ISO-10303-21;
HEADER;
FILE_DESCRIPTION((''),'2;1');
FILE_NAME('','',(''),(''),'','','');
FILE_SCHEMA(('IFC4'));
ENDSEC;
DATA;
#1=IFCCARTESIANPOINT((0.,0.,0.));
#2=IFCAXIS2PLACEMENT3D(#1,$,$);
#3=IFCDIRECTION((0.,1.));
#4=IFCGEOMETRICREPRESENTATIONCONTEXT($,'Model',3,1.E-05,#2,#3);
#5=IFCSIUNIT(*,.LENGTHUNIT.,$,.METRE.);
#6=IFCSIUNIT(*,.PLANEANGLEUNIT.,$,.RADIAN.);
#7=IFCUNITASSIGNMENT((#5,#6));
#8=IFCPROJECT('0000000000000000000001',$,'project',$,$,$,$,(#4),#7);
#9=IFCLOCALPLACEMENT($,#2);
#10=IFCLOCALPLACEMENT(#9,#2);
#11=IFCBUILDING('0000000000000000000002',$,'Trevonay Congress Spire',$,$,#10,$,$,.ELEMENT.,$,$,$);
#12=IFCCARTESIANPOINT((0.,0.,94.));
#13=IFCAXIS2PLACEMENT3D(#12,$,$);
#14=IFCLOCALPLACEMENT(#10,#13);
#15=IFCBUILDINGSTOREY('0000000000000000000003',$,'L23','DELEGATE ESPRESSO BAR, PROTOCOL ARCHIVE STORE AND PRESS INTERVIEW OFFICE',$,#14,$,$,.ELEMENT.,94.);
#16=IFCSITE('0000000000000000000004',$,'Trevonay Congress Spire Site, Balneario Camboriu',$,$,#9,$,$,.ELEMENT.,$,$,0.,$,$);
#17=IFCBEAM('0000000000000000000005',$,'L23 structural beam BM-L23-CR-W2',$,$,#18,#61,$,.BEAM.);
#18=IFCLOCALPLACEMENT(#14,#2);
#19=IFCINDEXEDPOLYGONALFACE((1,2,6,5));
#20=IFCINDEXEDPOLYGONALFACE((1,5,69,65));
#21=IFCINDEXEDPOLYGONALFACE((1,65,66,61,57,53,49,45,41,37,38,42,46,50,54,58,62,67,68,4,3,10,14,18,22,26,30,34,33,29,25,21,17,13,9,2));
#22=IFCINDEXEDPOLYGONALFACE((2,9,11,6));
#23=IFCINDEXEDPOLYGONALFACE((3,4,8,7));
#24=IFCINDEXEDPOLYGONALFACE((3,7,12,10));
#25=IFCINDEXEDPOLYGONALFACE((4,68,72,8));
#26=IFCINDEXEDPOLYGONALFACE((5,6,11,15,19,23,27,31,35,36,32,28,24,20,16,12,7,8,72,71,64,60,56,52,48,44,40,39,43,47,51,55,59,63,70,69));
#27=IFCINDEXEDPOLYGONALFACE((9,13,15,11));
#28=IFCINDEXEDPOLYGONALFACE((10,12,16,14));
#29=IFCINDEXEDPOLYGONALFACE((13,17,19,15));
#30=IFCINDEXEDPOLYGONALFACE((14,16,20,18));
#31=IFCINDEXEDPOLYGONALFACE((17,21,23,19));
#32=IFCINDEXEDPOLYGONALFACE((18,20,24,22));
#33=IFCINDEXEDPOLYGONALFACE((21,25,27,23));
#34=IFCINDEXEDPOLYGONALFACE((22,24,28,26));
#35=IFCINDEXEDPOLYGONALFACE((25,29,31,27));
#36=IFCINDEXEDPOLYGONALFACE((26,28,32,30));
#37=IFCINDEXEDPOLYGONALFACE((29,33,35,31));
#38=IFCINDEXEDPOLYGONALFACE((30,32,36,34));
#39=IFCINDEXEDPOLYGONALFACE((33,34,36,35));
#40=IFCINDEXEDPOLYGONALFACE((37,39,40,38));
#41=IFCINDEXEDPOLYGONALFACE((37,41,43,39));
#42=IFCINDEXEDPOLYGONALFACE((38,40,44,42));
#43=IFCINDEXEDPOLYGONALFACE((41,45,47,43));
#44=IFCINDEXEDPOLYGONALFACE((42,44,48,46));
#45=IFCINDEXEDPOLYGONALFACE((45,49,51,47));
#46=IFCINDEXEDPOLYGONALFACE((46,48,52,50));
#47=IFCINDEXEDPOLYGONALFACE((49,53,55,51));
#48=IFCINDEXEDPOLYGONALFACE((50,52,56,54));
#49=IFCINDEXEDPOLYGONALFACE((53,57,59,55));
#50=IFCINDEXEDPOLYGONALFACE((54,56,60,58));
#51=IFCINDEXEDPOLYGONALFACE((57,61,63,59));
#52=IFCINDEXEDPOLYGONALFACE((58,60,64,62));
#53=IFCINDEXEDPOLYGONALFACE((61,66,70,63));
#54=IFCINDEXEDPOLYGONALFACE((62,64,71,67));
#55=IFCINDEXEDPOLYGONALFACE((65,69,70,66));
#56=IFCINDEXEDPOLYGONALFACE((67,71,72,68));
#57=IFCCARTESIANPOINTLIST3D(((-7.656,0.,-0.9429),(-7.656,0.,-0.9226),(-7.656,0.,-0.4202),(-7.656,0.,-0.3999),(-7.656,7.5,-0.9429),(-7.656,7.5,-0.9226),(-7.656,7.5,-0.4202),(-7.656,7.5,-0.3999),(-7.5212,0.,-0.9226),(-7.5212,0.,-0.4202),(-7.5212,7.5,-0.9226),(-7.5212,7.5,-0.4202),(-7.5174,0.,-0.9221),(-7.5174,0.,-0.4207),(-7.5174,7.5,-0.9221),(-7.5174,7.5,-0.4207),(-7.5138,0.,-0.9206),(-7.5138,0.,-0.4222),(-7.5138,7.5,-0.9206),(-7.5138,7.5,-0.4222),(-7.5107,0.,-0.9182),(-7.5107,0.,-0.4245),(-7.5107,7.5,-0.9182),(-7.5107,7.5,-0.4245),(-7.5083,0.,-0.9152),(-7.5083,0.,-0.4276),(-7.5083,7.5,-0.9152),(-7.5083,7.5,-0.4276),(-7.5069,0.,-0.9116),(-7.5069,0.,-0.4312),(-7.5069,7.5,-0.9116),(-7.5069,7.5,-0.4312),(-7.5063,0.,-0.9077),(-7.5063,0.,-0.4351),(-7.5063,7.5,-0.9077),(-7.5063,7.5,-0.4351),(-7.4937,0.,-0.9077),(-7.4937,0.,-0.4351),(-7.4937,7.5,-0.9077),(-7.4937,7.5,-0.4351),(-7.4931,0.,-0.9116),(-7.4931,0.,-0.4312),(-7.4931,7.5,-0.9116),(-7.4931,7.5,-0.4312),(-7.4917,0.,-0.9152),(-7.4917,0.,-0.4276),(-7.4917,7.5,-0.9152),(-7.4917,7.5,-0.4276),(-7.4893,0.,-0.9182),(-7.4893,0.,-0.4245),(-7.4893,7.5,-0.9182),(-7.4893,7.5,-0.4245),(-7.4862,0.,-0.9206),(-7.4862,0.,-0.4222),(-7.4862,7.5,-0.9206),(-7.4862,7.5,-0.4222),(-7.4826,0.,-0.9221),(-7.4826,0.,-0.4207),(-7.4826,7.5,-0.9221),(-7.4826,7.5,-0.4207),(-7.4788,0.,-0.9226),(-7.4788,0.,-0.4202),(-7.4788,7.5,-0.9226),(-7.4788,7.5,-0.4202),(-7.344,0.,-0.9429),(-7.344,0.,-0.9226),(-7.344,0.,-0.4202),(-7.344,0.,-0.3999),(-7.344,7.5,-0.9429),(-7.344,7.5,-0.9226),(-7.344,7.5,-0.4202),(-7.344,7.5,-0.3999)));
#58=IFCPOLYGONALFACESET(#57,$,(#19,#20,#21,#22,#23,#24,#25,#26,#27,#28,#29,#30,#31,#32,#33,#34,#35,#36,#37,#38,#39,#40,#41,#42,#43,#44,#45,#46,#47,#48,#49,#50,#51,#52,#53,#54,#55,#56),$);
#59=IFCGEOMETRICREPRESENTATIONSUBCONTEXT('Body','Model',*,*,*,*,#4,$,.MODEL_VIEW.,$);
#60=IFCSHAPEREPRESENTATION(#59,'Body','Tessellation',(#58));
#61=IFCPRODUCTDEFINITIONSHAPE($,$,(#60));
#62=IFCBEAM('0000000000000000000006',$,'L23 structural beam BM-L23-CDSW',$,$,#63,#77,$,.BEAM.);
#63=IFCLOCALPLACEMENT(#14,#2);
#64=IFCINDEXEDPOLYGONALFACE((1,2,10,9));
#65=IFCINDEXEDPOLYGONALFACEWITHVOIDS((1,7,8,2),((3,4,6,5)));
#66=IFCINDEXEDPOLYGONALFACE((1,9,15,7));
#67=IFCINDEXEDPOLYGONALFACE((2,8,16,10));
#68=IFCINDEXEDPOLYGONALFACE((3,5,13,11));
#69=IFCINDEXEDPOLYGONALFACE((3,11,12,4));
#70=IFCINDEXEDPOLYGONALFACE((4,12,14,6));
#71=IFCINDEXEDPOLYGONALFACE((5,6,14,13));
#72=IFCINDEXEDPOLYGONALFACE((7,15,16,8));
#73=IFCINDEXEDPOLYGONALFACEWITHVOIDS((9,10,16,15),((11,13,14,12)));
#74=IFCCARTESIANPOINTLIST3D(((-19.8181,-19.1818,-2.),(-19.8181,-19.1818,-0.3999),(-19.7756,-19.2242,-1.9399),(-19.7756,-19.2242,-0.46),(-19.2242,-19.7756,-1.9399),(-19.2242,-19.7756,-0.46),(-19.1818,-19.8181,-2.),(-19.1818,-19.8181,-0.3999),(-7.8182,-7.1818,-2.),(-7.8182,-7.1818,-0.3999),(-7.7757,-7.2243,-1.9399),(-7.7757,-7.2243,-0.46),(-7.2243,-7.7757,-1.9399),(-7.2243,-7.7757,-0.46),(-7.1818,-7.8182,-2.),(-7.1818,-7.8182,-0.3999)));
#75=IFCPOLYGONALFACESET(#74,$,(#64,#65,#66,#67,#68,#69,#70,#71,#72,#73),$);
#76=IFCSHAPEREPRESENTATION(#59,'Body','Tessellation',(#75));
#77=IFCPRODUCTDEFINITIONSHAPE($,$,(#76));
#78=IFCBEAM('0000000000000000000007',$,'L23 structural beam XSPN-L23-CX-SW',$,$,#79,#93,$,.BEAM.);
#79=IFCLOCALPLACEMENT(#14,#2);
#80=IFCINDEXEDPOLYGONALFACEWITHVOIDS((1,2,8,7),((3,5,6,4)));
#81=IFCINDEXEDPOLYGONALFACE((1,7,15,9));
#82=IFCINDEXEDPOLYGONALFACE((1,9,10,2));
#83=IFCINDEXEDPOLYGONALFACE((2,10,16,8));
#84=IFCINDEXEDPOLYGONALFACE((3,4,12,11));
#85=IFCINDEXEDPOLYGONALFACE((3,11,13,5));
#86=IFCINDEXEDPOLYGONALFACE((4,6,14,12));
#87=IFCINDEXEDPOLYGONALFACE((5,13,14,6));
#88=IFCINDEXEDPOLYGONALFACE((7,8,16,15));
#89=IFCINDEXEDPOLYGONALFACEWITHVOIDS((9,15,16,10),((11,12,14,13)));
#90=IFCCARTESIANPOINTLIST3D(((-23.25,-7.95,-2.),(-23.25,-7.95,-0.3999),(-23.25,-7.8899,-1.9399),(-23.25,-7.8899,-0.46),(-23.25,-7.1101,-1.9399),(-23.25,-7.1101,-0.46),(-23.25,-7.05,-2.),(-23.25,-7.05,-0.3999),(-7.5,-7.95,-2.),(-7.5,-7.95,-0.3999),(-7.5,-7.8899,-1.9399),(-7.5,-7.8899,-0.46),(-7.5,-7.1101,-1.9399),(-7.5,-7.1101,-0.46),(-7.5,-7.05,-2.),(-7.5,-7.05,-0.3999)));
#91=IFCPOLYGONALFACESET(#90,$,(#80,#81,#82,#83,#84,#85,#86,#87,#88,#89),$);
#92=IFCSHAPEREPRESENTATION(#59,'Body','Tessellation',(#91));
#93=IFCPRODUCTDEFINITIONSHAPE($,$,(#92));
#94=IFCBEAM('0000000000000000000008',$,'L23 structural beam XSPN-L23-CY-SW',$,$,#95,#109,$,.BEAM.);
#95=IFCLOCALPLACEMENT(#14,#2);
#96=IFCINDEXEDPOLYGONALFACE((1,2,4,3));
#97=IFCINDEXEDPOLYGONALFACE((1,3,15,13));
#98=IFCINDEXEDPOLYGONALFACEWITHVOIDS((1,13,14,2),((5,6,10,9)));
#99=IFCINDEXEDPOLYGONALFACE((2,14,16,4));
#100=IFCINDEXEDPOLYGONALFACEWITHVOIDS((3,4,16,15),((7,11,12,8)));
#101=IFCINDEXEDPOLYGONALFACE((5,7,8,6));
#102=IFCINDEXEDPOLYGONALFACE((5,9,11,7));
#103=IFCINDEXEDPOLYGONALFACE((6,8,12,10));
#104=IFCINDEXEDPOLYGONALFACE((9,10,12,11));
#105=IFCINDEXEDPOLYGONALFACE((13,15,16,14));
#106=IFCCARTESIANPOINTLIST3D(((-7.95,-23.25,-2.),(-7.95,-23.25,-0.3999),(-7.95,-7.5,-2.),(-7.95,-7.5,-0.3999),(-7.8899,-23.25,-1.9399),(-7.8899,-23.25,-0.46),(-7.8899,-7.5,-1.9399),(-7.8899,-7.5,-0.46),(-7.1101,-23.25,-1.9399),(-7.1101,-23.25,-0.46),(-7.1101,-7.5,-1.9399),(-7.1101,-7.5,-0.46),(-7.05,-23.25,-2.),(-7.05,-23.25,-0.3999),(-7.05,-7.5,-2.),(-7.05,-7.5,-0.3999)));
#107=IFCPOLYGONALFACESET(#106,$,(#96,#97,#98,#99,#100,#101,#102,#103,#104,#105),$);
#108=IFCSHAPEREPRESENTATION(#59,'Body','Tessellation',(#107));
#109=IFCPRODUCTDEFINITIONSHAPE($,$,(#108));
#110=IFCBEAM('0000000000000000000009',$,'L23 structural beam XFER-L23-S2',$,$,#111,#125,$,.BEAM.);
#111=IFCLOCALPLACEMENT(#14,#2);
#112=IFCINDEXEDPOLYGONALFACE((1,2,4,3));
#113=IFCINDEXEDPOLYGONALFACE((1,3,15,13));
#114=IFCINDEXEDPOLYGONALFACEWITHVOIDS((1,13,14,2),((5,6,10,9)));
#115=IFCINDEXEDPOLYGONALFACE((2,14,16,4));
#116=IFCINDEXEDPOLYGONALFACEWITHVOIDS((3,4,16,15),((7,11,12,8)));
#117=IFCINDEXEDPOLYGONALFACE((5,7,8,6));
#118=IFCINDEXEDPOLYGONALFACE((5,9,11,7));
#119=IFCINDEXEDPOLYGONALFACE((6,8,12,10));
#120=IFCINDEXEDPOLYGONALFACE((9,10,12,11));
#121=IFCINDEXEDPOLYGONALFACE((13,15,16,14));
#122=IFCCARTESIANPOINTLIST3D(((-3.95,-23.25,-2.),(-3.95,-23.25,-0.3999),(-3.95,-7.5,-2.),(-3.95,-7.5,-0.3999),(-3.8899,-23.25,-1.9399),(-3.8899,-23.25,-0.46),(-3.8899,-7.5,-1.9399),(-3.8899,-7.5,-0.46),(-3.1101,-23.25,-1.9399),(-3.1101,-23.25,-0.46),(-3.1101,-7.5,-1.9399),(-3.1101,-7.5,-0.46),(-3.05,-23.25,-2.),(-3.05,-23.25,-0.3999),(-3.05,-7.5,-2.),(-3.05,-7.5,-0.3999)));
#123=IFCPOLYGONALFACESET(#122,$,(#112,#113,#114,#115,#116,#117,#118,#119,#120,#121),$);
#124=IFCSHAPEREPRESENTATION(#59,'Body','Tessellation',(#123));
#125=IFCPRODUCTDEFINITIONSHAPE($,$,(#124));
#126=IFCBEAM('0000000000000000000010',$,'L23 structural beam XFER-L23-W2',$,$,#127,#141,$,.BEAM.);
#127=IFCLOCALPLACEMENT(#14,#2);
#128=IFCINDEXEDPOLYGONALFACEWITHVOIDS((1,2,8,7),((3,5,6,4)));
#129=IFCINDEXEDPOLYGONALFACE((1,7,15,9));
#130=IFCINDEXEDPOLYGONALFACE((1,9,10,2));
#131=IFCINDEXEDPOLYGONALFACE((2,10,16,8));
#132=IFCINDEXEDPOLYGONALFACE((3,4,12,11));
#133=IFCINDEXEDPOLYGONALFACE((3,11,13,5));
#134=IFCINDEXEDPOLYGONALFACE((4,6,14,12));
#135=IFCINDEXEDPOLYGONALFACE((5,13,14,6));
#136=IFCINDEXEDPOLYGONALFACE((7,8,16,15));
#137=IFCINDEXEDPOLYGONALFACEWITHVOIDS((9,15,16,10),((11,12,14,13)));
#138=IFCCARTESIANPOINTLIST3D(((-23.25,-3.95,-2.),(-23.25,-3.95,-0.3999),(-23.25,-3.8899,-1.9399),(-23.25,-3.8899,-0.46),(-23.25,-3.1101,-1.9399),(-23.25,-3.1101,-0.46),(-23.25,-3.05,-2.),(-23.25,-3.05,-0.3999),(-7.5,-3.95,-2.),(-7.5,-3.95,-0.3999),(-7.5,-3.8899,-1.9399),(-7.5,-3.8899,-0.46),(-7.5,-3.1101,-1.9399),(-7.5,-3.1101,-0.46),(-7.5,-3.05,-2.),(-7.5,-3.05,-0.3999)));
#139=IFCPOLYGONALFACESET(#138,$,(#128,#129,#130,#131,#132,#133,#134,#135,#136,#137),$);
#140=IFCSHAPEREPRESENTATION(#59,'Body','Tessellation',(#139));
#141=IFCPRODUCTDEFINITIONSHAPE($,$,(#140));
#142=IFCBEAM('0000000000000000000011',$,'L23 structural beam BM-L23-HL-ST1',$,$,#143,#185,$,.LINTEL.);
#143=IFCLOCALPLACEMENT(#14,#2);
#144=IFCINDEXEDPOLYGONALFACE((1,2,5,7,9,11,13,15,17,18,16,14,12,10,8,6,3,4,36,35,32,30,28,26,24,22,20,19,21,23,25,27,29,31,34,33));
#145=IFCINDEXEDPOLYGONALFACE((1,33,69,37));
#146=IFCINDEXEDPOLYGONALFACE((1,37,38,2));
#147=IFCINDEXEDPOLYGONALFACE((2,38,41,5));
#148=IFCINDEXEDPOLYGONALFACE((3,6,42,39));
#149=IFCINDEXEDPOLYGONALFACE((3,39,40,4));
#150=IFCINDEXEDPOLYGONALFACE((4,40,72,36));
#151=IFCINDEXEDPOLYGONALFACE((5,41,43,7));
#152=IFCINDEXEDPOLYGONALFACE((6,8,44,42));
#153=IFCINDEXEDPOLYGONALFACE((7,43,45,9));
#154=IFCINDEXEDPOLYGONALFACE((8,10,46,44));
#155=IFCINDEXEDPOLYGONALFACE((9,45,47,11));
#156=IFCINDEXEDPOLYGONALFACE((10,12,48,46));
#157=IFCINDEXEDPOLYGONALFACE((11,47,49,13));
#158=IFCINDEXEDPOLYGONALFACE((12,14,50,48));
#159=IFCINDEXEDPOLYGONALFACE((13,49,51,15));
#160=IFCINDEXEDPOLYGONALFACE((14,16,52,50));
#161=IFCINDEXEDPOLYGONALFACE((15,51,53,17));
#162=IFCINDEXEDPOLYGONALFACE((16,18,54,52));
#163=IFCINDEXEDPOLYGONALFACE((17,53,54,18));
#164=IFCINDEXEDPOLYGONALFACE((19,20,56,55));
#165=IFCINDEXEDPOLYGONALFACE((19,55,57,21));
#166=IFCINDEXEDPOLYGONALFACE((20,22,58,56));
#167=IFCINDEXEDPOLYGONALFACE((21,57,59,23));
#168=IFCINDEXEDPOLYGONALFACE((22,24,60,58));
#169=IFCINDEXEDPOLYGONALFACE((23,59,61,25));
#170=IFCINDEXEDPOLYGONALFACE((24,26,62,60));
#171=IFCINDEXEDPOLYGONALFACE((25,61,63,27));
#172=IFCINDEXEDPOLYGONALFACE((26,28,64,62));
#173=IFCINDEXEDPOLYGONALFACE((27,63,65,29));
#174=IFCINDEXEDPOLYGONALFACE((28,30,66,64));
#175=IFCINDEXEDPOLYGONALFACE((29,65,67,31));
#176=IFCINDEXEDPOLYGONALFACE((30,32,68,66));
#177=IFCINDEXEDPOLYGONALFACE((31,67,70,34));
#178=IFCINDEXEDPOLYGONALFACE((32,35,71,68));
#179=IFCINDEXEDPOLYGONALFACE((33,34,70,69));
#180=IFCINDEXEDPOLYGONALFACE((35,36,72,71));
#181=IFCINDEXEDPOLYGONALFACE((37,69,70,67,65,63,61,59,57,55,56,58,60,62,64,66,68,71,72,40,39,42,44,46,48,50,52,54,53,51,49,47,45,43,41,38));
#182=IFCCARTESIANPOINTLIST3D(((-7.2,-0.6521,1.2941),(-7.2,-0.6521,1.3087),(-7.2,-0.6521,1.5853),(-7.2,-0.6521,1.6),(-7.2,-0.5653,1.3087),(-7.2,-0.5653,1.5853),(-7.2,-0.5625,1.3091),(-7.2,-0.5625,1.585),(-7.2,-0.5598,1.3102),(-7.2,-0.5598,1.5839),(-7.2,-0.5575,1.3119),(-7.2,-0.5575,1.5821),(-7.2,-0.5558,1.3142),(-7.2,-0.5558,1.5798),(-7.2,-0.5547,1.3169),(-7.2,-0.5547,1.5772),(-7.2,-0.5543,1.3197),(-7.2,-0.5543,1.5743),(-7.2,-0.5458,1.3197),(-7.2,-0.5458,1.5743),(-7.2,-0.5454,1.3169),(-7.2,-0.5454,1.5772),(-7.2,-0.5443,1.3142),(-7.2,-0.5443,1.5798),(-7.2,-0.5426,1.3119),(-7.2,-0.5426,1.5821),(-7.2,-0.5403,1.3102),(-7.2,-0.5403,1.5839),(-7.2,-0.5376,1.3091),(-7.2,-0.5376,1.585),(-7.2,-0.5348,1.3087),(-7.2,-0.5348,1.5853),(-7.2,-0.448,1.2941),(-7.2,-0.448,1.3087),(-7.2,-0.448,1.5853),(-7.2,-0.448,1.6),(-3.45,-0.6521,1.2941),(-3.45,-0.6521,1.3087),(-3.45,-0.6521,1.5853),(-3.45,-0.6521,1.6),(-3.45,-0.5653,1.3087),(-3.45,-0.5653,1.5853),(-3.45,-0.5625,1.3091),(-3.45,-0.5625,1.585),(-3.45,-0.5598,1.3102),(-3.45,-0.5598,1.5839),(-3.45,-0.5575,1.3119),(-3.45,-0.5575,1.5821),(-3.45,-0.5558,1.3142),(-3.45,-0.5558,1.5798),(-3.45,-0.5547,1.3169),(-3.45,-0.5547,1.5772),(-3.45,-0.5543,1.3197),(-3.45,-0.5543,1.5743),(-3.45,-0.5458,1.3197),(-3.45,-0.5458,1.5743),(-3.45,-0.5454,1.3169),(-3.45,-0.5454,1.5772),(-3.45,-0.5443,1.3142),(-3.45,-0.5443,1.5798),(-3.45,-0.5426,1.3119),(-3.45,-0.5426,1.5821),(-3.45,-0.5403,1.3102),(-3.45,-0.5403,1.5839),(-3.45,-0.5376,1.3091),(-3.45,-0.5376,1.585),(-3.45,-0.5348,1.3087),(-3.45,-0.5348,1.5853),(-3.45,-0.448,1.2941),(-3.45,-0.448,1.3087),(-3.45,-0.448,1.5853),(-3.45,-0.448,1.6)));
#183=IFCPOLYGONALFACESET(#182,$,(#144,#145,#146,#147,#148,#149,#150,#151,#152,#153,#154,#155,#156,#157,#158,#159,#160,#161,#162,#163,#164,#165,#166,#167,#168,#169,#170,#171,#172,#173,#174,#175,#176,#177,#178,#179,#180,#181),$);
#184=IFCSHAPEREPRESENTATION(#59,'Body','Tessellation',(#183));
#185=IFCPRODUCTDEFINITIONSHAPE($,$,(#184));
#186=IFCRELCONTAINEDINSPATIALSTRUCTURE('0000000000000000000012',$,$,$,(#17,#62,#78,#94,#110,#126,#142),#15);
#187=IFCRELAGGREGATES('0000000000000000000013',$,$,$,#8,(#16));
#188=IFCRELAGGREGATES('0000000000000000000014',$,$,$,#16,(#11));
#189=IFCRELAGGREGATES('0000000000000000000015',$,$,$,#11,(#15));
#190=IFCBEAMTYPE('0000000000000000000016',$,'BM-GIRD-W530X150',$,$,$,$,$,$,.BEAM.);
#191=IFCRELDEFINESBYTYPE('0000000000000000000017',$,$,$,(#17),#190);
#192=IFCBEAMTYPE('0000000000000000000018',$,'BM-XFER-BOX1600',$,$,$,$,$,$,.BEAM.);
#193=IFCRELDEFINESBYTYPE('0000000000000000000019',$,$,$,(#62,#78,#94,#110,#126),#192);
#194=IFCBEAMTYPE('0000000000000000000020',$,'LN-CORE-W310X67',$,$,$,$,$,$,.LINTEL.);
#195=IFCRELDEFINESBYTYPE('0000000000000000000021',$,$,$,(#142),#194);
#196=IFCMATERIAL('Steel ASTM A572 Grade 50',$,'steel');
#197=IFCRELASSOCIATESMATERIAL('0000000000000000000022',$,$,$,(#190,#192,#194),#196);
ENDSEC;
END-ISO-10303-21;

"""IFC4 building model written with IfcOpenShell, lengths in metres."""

from ifc_helpers import new_model, si_unit, direction, frame, origin, origin_2d, place, context, subcontext, project, spatial, hollow_rectangle, i_section, extrude, material, material_profile, profile_set, type_object, element, save


model = new_model("IFC4")

# Units and contexts
model_context = context("Model", 3, precision=1e-05, world=origin(), true_north=direction((0.0, 1.0)))
body_context = subcontext(model_context, "Body", "Model", "MODEL_VIEW")
ifc_project = project(units=[si_unit("LENGTHUNIT", "METRE"), si_unit("PLANEANGLEUNIT", "RADIAN")], contexts=[model_context])

# Site, building, storey
site_placement = place(None, origin())
site = spatial("IfcSite", under=ifc_project, at=site_placement, Name="Trevonay Congress Spire Site, Balneario Camboriu", CompositionType="ELEMENT", RefElevation=0.0)
building_placement = place(site_placement, origin())
building = spatial("IfcBuilding", under=site, at=building_placement, Name="Trevonay Congress Spire", CompositionType="ELEMENT")
storey_placement = place(building_placement, frame((0.0, 0.0, 94.0)))
storey = spatial("IfcBuildingStorey", under=building, at=storey_placement, Name="L23", Description="DELEGATE ESPRESSO BAR, PROTOCOL ARCHIVE STORE AND PRESS INTERVIEW OFFICE", CompositionType="ELEMENT", Elevation=94.0)

# Shared definitions
ifc_material_1 = material(Name="Steel ASTM A572 Grade 50", Category="steel")

# Beams
ifc_material_profile_1 = material_profile(ifc_material_1, i_section(OverallWidth=0.312, OverallDepth=0.543, WebThickness=0.0127, FlangeThickness=0.0203, FilletRadius=0.0149, at=origin_2d()), Name="W530x150")
ifc_profile_set_1 = profile_set([ifc_material_profile_1], Name="Steel ASTM A572 Grade 50")
beam_type_1 = type_object("IfcBeamType", Name="BM-GIRD-W530X150", PredefinedType="BEAM", material=ifc_profile_set_1)
for number, where, z_axis, x_axis, name in (
    (1, (-7.5, 0.0, -0.6714), (0.0, 1.0, 0.0), (-1.0, 0.0, 0.0), "L23 structural beam BM-L23-CR-W2"),
):
    element("IfcBeam", number, at=place(storey_placement, frame(where, z_axis=z_axis, x_axis=x_axis)), inside=storey, type_object=beam_type_1, Name=name, PredefinedType="BEAM", context=body_context, shape_type="SweptSolid", body=[
        extrude(i_section(OverallWidth=0.312, OverallDepth=0.543, WebThickness=0.0127, FlangeThickness=0.0203, FilletRadius=0.0149, at=origin_2d()), origin(), (0.0, 0.0, 1.0), 7.5),
    ])
ifc_material_profile_2 = material_profile(ifc_material_1, hollow_rectangle(XDim=0.8999, YDim=1.6001, WallThickness=0.0601, at=origin_2d()), Name="BOX 1600x900x60")
ifc_profile_set_2 = profile_set([ifc_material_profile_2], Name="Steel ASTM A572 Grade 50")
beam_type_2 = type_object("IfcBeamType", Name="BM-XFER-BOX1600", PredefinedType="BEAM", material=ifc_profile_set_2)
beam_1_placement = place(storey_placement, frame((-7.5, -7.5, -1.2), z_axis=(-0.707107, -0.707107, 0.0), x_axis=(0.707107, -0.707107, 0.0)))
element("IfcBeam", 2, at=beam_1_placement, inside=storey, type_object=beam_type_2, Name="L23 structural beam BM-L23-CDSW", PredefinedType="BEAM", context=body_context, shape_type="SweptSolid", body=[
    extrude(hollow_rectangle(XDim=0.8999, YDim=1.6001, WallThickness=0.0601, at=origin_2d()), origin(), (0.0, 0.0, 1.0), 16.9705),
])
for number, where, z_axis, x_axis, name in (
    (3, (-7.5, -7.5, -1.2), (-1.0, 0.0, 0.0), (0.0, -1.0, 0.0), "L23 structural beam XSPN-L23-CX-SW"),
    (4, (-7.5, -7.5, -1.2), (0.0, -1.0, 0.0), (1.0, 0.0, 0.0), "L23 structural beam XSPN-L23-CY-SW"),
    (5, (-3.5, -7.5, -1.2), (0.0, -1.0, 0.0), (1.0, 0.0, 0.0), "L23 structural beam XFER-L23-S2"),
    (6, (-7.5, -3.5, -1.2), (-1.0, 0.0, 0.0), (0.0, -1.0, 0.0), "L23 structural beam XFER-L23-W2"),
):
    element("IfcBeam", number, at=place(storey_placement, frame(where, z_axis=z_axis, x_axis=x_axis)), inside=storey, type_object=beam_type_2, Name=name, PredefinedType="BEAM", context=body_context, shape_type="SweptSolid", body=[
        extrude(hollow_rectangle(XDim=0.8999, YDim=1.6001, WallThickness=0.0601, at=origin_2d()), origin(), (0.0, 0.0, 1.0), 15.75),
    ])
ifc_material_profile_3 = material_profile(ifc_material_1, i_section(OverallWidth=0.2041, OverallDepth=0.3059, WebThickness=0.0085, FlangeThickness=0.0146, FilletRadius=0.011, at=origin_2d()), Name="W310x67")
ifc_profile_set_3 = profile_set([ifc_material_profile_3], Name="Steel ASTM A572 Grade 50")
beam_type_3 = type_object("IfcBeamType", Name="LN-CORE-W310X67", PredefinedType="LINTEL", material=ifc_profile_set_3)
beam_2_placement = place(storey_placement, frame((-7.2, -0.55, 1.447), z_axis=(1.0, 0.0, 0.0), x_axis=(0.0, 1.0, 0.0)))
element("IfcBeam", 7, at=beam_2_placement, inside=storey, type_object=beam_type_3, Name="L23 structural beam BM-L23-HL-ST1", PredefinedType="LINTEL", context=body_context, shape_type="SweptSolid", body=[
    extrude(i_section(OverallWidth=0.2041, OverallDepth=0.3059, WebThickness=0.0085, FlangeThickness=0.0146, FilletRadius=0.011, at=origin_2d()), origin(), (0.0, 0.0, 1.0), 3.75),
])

save(model, "model.ifc")
